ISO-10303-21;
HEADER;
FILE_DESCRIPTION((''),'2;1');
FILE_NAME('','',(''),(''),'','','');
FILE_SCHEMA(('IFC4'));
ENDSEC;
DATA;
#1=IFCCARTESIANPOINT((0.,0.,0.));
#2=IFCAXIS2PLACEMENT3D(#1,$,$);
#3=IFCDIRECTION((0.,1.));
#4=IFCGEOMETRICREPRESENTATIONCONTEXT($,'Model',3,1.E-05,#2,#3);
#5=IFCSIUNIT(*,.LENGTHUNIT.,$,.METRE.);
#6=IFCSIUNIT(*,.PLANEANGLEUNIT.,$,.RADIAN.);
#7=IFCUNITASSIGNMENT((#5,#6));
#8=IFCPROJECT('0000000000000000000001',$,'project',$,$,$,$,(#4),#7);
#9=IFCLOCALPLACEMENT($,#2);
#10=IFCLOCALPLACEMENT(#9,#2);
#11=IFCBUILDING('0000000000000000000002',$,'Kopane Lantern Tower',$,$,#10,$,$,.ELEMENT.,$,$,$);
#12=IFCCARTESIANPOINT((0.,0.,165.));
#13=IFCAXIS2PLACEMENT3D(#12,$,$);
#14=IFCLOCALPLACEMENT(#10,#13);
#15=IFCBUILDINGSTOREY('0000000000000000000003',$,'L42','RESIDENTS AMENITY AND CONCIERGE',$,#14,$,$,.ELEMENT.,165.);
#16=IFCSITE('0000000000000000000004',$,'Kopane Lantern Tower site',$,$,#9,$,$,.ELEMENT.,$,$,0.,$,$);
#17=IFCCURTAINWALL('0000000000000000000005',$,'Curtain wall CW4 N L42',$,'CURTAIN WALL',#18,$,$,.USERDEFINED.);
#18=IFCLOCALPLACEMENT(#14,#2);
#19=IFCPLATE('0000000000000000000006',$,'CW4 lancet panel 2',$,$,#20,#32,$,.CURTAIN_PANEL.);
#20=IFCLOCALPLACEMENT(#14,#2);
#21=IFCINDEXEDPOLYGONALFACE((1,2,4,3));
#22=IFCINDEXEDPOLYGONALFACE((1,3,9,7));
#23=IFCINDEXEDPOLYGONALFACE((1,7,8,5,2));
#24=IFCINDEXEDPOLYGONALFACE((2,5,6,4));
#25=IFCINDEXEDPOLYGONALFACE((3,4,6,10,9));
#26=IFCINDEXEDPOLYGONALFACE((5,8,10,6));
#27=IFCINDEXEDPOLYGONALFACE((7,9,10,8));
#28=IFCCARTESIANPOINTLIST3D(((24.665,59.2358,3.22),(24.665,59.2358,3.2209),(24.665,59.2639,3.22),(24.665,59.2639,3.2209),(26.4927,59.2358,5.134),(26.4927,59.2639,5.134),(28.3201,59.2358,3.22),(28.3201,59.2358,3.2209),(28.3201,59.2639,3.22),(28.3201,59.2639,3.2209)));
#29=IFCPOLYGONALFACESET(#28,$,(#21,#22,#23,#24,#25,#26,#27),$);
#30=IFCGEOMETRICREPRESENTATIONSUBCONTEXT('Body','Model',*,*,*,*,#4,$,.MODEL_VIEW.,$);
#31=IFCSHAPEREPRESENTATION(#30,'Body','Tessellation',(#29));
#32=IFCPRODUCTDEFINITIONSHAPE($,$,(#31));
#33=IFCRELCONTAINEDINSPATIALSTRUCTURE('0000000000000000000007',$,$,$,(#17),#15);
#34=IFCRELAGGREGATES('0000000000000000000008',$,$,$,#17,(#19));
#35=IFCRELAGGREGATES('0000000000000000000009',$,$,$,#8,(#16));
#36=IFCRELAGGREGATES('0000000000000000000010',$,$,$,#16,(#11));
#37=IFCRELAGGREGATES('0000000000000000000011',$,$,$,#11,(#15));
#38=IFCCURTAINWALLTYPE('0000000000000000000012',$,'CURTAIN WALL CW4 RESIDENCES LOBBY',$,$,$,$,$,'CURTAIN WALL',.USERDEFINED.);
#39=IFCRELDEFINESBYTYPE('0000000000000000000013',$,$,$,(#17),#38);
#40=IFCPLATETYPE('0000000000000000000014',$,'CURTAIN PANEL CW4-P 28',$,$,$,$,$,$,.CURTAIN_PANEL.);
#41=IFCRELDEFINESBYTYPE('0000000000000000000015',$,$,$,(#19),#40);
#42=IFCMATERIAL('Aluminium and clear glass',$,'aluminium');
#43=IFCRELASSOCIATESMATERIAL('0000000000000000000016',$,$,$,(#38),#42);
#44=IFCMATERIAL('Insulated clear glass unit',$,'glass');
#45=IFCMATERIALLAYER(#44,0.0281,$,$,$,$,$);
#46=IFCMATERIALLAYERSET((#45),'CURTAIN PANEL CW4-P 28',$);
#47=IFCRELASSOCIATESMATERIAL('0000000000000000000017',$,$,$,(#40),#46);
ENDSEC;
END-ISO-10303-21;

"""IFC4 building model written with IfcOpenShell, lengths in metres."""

from ifc_helpers import new_model, si_unit, direction, frame, origin, place, context, subcontext, project, spatial, polyline, outline, extrude, material, layer, layer_set, type_object, element, aggregate, save


model = new_model("IFC4")

# Units and contexts
model_context = context("Model", 3, precision=1e-05, world=origin(), true_north=direction((0.0, 1.0)))
body_context = subcontext(model_context, "Body", "Model", "MODEL_VIEW")
ifc_project = project(units=[si_unit("LENGTHUNIT", "METRE"), si_unit("PLANEANGLEUNIT", "RADIAN")], contexts=[model_context])

# Site, building, storey
site_placement = place(None, origin())
site = spatial("IfcSite", under=ifc_project, at=site_placement, Name="Kopane Lantern Tower site", CompositionType="ELEMENT", RefElevation=0.0)
building_placement = place(site_placement, origin())
building = spatial("IfcBuilding", under=site, at=building_placement, Name="Kopane Lantern Tower", CompositionType="ELEMENT")
storey_placement = place(building_placement, frame((0.0, 0.0, 165.0)))
storey = spatial("IfcBuildingStorey", under=building, at=storey_placement, Name="L42", Description="RESIDENTS AMENITY AND CONCIERGE", CompositionType="ELEMENT", Elevation=165.0)

# Curtain wall
ifc_material_1 = material(Name="Aluminium and clear glass", Category="aluminium")
curtain_wall_type = type_object("IfcCurtainWallType", Name="CURTAIN WALL CW4 RESIDENCES LOBBY", ElementType="CURTAIN WALL", PredefinedType="USERDEFINED", material=ifc_material_1)
curtain_wall_1_placement = place(storey_placement, origin())
curtain_wall_1 = element("IfcCurtainWall", 1, at=curtain_wall_1_placement, inside=storey, type_object=curtain_wall_type, Name="Curtain wall CW4 N L42", ObjectType="CURTAIN WALL", PredefinedType="USERDEFINED")

# Plate
ifc_material_2 = material(Name="Insulated clear glass unit", Category="glass")
ifc_layer = layer(ifc_material_2, 0.0281)
ifc_layer_set = layer_set([ifc_layer], Name="CURTAIN PANEL CW4-P 28")
plate_type = type_object("IfcPlateType", Name="CURTAIN PANEL CW4-P 28", PredefinedType="CURTAIN_PANEL", material=ifc_layer_set)
plate_1_placement = place(storey_placement, frame((28.3201, 59.25, 3.22), z_axis=(0.0, 0.0, 1.0), x_axis=(-1.0, 0.0, 0.0)))
plate_1 = element("IfcPlate", 2, at=plate_1_placement, type_object=plate_type, Name="CW4 lancet panel 2", PredefinedType="CURTAIN_PANEL", context=body_context, shape_type="SweptSolid", body=[
    extrude(outline(polyline([(0.0, 0.0), (3.655, 0.0), (3.655, 0.001), (1.8274, 1.9141), (0.0, 0.001), (0.0, 0.0)])), frame((0.0, 0.0142, 0.0), z_axis=(0.0, -1.0, 0.0), x_axis=(1.0, 0.0, 0.0)), (0.0, 0.0, 1.0), 0.0281),
])
aggregate(curtain_wall_1, [plate_1])

save(model, "model.ifc")
